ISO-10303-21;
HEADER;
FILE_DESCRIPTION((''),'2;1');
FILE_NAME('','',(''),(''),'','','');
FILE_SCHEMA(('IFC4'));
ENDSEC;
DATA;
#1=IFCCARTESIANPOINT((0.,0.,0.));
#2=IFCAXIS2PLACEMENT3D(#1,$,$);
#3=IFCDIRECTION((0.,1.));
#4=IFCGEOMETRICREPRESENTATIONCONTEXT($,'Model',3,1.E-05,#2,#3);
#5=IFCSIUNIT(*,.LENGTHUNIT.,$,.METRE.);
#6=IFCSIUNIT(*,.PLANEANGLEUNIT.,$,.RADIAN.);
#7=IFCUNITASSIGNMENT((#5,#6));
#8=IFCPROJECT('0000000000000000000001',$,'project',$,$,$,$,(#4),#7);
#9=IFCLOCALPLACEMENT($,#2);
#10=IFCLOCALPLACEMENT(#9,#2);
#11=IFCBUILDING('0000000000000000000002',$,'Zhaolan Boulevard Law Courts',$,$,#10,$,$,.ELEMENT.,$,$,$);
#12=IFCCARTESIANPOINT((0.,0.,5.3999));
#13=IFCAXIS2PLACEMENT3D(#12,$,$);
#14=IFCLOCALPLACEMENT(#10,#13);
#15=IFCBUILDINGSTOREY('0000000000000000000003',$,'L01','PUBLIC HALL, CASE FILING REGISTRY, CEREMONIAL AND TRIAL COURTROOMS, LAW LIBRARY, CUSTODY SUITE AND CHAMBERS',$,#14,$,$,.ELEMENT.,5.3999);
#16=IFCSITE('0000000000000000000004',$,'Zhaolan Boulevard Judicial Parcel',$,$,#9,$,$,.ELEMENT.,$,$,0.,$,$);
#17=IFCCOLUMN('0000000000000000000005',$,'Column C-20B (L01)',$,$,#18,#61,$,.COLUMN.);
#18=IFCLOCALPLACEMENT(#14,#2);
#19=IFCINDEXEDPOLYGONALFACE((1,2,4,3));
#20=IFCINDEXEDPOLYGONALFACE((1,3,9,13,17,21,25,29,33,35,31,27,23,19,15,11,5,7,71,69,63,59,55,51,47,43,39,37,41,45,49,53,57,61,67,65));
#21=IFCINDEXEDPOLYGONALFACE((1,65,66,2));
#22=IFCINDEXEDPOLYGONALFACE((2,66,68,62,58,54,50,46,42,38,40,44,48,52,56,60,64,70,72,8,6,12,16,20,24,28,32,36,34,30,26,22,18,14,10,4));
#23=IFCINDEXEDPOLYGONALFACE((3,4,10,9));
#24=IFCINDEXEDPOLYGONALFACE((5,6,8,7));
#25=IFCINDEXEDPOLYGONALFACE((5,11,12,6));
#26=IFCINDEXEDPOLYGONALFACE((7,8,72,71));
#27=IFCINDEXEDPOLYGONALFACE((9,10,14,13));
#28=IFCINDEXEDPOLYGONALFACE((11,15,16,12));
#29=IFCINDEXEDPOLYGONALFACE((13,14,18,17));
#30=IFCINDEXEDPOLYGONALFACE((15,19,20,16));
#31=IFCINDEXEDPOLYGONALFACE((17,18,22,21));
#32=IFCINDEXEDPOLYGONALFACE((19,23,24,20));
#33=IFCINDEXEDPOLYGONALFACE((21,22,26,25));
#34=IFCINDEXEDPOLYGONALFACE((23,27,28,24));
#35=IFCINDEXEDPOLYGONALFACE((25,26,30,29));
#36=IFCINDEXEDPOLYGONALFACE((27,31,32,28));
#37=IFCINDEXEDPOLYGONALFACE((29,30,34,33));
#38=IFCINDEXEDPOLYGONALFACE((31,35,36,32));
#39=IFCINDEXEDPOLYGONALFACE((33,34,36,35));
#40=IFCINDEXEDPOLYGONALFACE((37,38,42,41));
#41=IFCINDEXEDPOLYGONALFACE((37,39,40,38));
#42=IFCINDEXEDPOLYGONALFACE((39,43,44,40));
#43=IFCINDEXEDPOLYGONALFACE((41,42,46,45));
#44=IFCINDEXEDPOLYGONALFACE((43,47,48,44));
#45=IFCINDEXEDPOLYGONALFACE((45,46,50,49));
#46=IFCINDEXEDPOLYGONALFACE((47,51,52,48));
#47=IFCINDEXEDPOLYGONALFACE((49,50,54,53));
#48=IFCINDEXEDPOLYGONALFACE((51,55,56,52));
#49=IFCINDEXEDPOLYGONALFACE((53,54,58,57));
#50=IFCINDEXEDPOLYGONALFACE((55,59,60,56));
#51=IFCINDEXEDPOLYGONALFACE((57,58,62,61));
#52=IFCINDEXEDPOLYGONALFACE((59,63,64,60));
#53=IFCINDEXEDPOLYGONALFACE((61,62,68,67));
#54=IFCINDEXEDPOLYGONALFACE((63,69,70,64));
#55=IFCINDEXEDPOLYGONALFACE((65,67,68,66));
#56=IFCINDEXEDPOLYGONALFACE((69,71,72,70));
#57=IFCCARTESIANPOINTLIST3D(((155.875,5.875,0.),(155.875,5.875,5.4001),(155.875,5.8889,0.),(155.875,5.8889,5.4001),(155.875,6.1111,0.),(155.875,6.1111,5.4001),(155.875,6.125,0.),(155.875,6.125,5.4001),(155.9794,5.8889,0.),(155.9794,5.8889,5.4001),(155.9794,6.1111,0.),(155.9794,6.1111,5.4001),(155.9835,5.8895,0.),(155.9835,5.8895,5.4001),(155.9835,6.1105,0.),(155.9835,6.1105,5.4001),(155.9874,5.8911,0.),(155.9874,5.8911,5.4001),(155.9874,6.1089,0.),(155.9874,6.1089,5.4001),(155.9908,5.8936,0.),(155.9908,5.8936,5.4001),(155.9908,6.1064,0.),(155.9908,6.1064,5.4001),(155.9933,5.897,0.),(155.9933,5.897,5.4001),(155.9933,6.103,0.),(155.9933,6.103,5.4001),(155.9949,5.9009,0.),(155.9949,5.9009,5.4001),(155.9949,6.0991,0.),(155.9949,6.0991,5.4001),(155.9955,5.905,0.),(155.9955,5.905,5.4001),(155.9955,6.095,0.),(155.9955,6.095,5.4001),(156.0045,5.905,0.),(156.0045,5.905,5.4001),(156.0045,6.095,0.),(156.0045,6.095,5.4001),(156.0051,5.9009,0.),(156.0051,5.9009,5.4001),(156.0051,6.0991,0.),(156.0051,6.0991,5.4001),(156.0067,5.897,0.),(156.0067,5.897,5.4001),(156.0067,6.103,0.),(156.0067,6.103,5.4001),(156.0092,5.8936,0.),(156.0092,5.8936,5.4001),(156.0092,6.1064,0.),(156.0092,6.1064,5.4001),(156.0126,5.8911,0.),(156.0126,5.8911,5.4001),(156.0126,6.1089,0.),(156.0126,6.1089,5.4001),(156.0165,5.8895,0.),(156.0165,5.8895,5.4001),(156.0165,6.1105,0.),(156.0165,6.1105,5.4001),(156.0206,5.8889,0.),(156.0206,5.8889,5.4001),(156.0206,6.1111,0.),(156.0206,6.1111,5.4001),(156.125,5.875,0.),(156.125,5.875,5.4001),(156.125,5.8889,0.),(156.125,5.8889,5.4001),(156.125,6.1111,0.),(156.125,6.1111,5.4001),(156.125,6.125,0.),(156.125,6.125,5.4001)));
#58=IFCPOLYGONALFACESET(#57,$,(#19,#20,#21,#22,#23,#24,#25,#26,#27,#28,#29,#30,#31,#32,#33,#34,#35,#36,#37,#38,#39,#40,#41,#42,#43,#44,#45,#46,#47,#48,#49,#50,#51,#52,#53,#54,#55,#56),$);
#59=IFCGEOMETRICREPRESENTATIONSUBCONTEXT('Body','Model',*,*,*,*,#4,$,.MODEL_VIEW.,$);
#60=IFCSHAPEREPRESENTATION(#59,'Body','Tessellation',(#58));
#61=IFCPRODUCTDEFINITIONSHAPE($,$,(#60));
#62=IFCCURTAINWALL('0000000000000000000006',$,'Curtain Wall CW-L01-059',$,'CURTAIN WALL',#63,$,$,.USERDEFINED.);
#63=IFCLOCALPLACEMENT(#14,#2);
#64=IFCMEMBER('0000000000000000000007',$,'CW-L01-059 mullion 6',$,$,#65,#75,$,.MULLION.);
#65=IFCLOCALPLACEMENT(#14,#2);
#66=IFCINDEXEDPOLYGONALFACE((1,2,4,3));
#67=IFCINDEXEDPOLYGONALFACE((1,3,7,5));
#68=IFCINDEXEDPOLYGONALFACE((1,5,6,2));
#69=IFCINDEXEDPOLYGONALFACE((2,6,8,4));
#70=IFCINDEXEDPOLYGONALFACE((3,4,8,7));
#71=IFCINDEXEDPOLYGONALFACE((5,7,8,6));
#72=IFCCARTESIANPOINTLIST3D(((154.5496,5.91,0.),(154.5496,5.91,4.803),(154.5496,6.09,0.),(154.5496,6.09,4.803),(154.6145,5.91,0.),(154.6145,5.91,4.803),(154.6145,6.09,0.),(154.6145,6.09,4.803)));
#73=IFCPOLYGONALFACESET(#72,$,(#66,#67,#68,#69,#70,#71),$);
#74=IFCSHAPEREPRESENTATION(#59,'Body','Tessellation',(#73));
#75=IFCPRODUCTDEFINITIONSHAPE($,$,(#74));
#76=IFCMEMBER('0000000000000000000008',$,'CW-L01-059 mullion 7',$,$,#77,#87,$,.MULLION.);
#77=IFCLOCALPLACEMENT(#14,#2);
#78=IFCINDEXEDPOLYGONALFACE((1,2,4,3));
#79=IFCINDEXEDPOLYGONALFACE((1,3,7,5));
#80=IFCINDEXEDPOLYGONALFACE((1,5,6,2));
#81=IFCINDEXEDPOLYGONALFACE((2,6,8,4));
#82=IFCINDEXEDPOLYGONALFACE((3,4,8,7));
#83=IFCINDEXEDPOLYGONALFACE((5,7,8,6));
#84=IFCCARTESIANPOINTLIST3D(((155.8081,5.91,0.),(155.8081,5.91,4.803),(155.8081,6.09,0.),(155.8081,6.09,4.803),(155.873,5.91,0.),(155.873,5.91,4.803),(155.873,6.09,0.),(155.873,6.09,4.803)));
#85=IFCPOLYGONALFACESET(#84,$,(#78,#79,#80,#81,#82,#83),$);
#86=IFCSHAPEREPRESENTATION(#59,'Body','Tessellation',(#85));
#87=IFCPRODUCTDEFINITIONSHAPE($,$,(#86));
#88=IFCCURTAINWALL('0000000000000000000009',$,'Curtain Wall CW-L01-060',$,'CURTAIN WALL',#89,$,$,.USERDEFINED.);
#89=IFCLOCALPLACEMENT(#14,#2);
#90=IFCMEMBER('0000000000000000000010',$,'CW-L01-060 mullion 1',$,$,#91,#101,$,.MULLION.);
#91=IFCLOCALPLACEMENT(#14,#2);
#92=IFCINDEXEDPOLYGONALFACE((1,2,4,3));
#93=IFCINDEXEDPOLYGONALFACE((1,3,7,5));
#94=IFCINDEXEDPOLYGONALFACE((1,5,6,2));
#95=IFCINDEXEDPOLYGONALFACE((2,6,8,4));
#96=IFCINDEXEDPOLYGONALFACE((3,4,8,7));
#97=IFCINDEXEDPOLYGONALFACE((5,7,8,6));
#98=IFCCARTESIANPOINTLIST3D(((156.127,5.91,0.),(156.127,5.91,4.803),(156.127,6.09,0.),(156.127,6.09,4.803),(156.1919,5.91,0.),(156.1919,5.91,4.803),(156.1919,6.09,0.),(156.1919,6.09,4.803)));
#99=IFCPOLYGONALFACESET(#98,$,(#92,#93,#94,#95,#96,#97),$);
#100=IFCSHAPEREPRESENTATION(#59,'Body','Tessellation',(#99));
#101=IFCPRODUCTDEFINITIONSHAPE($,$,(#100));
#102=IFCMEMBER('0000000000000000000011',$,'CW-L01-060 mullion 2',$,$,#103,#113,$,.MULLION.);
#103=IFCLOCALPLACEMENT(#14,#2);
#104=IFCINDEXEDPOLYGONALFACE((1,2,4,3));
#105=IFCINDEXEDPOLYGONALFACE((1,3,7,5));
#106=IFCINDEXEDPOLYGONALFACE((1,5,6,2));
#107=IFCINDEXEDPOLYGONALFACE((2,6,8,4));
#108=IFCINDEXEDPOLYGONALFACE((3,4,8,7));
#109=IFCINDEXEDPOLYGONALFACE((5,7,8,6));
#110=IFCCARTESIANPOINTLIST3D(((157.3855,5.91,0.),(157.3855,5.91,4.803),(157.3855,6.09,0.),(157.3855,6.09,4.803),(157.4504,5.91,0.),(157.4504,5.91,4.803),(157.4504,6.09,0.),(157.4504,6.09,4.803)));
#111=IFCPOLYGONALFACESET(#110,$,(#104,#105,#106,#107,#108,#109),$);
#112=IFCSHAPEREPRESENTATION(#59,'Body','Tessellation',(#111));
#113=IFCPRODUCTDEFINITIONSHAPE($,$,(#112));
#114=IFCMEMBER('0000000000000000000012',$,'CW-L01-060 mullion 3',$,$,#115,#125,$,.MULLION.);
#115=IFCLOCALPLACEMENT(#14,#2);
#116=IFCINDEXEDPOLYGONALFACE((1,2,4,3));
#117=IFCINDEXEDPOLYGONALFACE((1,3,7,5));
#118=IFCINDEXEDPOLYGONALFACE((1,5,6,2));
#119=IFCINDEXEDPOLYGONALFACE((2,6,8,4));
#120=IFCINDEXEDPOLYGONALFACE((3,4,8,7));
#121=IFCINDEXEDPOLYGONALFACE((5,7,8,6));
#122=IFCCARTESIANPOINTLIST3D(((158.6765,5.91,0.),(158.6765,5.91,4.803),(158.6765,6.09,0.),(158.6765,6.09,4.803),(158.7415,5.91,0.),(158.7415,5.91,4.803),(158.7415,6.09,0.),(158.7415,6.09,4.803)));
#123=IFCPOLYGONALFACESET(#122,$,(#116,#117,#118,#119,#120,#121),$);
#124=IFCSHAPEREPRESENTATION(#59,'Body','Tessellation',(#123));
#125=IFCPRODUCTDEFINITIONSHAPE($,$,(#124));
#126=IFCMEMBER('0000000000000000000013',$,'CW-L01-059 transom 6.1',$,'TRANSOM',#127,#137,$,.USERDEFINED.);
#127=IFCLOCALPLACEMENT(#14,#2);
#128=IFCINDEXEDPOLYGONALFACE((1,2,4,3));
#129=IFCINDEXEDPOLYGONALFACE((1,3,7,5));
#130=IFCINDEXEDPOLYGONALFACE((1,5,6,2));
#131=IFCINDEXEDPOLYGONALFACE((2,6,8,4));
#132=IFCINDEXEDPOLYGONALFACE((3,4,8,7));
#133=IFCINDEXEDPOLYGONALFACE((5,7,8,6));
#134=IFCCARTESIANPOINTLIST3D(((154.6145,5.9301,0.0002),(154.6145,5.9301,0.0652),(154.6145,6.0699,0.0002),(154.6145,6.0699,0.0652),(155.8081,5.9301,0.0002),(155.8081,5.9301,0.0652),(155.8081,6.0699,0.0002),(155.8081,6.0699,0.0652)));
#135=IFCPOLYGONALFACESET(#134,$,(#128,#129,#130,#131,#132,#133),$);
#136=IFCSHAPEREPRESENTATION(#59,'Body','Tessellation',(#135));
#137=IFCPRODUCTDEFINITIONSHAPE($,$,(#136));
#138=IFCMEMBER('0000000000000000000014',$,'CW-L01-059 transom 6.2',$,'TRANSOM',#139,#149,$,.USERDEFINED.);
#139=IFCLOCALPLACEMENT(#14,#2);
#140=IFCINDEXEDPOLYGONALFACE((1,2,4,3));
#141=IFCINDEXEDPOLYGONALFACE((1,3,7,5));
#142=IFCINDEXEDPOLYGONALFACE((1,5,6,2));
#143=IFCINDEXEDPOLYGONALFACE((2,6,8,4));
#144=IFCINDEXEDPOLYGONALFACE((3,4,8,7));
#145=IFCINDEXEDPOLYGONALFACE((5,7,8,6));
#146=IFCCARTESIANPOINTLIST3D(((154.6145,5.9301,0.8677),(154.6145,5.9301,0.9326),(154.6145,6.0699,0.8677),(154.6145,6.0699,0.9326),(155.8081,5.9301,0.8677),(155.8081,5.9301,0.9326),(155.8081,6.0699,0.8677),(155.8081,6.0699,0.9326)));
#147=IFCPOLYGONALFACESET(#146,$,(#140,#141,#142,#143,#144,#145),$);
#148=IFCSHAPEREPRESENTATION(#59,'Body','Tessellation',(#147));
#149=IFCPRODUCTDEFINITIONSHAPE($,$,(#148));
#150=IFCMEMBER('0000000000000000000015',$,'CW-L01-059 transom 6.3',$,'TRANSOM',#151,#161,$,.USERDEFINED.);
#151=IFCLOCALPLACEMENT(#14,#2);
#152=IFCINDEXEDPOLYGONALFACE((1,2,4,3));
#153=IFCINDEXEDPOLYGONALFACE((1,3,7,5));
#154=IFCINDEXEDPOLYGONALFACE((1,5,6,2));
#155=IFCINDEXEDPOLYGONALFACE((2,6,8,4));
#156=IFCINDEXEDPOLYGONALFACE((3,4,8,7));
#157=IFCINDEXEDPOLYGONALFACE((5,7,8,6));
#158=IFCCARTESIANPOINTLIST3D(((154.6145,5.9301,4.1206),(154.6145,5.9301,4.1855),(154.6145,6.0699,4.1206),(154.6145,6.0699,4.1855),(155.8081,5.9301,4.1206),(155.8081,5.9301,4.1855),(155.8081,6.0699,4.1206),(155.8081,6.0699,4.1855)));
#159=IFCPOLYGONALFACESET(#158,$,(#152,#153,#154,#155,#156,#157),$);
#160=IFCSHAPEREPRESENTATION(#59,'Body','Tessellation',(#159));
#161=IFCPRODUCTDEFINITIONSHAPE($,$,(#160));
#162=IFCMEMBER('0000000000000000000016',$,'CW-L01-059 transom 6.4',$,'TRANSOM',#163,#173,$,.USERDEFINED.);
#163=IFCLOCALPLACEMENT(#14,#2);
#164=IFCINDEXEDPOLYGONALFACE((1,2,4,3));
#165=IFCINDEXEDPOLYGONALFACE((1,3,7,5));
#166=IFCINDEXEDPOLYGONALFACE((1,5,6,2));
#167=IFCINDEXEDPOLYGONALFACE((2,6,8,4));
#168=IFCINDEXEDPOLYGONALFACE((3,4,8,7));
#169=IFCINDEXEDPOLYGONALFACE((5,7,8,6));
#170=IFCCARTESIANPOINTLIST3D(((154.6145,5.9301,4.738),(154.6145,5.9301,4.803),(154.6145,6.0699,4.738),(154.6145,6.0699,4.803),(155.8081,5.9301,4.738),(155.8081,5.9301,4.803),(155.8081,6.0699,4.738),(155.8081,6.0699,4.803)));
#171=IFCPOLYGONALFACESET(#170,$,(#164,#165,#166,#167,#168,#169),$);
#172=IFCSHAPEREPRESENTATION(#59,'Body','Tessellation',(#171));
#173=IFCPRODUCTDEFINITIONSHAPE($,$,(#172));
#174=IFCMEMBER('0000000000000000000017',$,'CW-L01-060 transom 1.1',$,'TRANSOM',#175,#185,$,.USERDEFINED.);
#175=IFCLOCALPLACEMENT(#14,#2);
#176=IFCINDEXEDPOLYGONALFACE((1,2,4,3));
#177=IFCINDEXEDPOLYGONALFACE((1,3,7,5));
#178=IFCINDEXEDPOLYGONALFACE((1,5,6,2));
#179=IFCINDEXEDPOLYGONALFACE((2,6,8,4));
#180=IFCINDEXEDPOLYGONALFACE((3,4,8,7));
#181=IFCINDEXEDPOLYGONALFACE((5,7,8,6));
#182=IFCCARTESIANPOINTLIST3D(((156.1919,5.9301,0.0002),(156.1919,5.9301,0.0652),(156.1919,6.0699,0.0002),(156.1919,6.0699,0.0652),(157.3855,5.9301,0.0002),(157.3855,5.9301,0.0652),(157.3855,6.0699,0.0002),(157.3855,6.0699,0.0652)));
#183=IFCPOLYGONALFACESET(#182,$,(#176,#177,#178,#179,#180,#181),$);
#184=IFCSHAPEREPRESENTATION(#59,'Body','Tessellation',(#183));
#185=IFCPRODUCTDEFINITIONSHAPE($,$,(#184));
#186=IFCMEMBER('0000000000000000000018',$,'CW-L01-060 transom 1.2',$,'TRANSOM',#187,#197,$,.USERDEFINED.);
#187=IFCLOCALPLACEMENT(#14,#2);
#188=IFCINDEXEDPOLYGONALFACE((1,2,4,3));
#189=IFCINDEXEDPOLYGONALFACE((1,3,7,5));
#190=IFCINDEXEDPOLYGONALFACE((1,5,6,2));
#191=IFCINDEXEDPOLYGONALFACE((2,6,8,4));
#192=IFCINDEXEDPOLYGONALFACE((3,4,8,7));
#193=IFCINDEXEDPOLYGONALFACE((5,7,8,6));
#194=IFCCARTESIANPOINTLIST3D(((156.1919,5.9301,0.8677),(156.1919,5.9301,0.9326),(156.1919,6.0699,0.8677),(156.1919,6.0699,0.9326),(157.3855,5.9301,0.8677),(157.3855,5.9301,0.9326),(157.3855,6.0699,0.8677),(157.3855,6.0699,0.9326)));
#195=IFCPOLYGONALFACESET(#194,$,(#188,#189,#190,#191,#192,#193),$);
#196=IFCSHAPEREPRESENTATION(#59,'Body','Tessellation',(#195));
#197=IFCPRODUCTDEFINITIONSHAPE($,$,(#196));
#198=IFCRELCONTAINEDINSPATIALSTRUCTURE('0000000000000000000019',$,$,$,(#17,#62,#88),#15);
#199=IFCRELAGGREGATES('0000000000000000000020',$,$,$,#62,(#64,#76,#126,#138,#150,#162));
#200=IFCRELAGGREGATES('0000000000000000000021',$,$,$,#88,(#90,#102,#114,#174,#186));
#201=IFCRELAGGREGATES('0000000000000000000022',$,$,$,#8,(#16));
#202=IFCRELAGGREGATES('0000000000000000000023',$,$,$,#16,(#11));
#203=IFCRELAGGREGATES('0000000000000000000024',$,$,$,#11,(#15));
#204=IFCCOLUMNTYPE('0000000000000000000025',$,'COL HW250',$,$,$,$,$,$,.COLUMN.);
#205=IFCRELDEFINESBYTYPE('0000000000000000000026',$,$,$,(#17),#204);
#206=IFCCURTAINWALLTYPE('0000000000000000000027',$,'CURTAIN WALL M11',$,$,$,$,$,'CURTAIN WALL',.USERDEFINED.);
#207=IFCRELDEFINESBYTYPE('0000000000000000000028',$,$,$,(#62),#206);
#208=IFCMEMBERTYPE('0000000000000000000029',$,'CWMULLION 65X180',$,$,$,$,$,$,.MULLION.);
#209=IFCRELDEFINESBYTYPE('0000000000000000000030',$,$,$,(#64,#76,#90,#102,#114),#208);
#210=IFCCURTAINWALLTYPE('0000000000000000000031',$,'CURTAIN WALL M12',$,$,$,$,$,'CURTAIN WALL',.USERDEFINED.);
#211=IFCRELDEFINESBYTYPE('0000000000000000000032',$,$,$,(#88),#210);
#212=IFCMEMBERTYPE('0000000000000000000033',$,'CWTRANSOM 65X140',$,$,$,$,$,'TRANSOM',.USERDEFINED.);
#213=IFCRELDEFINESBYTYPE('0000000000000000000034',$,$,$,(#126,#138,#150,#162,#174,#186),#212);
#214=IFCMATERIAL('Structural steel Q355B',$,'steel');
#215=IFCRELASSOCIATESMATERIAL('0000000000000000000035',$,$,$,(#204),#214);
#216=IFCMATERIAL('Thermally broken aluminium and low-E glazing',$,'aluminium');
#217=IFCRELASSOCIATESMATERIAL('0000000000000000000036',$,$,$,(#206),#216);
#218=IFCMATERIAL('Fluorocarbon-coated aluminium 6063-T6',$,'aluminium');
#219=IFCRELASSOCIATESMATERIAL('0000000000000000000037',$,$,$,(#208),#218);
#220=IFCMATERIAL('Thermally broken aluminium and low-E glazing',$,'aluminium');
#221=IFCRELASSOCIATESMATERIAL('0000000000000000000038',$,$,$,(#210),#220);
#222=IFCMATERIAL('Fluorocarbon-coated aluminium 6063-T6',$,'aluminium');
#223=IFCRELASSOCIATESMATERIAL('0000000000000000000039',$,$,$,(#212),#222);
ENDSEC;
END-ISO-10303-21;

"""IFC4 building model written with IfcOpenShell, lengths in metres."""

from ifc_helpers import new_model, si_unit, direction, frame, origin, origin_2d, place, context, subcontext, project, spatial, rectangle, i_section, extrude, material, material_profile, profile_set, type_object, element, aggregate, save


model = new_model("IFC4")

# Units and contexts
model_context = context("Model", 3, precision=1e-05, world=origin(), true_north=direction((0.0, 1.0)))
body_context = subcontext(model_context, "Body", "Model", "MODEL_VIEW")
ifc_project = project(units=[si_unit("LENGTHUNIT", "METRE"), si_unit("PLANEANGLEUNIT", "RADIAN")], contexts=[model_context])

# Site, building, storey
site_placement = place(None, origin())
site = spatial("IfcSite", under=ifc_project, at=site_placement, Name="Zhaolan Boulevard Judicial Parcel", CompositionType="ELEMENT", RefElevation=0.0)
building_placement = place(site_placement, origin())
building = spatial("IfcBuilding", under=site, at=building_placement, Name="Zhaolan Boulevard Law Courts", CompositionType="ELEMENT")
storey_placement = place(building_placement, frame((0.0, 0.0, 5.3999)))
storey = spatial("IfcBuildingStorey", under=building, at=storey_placement, Name="L01", Description="PUBLIC HALL, CASE FILING REGISTRY, CEREMONIAL AND TRIAL COURTROOMS, LAW LIBRARY, CUSTODY SUITE AND CHAMBERS", CompositionType="ELEMENT", Elevation=5.3999)

# Column
ifc_material_1 = material(Name="Structural steel Q355B", Category="steel")
ifc_material_profile_1 = material_profile(ifc_material_1, i_section(OverallWidth=0.25, OverallDepth=0.25, WebThickness=0.009, FlangeThickness=0.0139, FilletRadius=0.0161, at=origin_2d()), Name="HW250x250")
ifc_profile_set_1 = profile_set([ifc_material_profile_1], Name="Structural steel Q355B")
column_type = type_object("IfcColumnType", Name="COL HW250", PredefinedType="COLUMN", material=ifc_profile_set_1)
column_placement = place(storey_placement, frame((156.0, 6.0, 0.0), z_axis=(0.0, 0.0, 1.0), x_axis=(1.0, 0.0, 0.0)))
element("IfcColumn", 1, at=column_placement, inside=storey, type_object=column_type, Name="Column C-20B (L01)", PredefinedType="COLUMN", context=body_context, shape_type="SweptSolid", body=[
    extrude(i_section(OverallWidth=0.25, OverallDepth=0.25, WebThickness=0.009, FlangeThickness=0.0139, FilletRadius=0.0161, at=origin_2d()), origin(), (0.0, 0.0, 1.0), 5.4001),
])

# Curtain walls, members
ifc_material_2 = material(Name="Thermally broken aluminium and low-E glazing", Category="aluminium")
curtain_wall_type_1 = type_object("IfcCurtainWallType", Name="CURTAIN WALL M11", ElementType="CURTAIN WALL", PredefinedType="USERDEFINED", material=ifc_material_2)
curtain_wall_1_placement = place(storey_placement, origin())
curtain_wall_1 = element("IfcCurtainWall", 2, at=curtain_wall_1_placement, inside=storey, type_object=curtain_wall_type_1, Name="Curtain Wall CW-L01-059", ObjectType="CURTAIN WALL", PredefinedType="USERDEFINED")
ifc_material_3 = material(Name="Fluorocarbon-coated aluminium 6063-T6", Category="aluminium")
ifc_material_profile_2 = material_profile(ifc_material_3, rectangle(XDim=0.1799, YDim=0.0649, at=origin_2d()), Name="AL65x180")
ifc_profile_set_2 = profile_set([ifc_material_profile_2], Name="Fluorocarbon-coated aluminium 6063-T6")
member_type_1 = type_object("IfcMemberType", Name="CWMULLION 65X180", PredefinedType="MULLION", material=ifc_profile_set_2)
member_1_placement = place(storey_placement, frame((154.582, 6.0, 0.0), z_axis=(0.0, 0.0, 1.0), x_axis=(0.0, 1.0, 0.0)))
member_1 = element("IfcMember", 3, at=member_1_placement, type_object=member_type_1, Name="CW-L01-059 mullion 6", PredefinedType="MULLION", context=body_context, shape_type="SweptSolid", body=[
    extrude(rectangle(XDim=0.1799, YDim=0.0649, at=origin_2d()), origin(), (0.0, 0.0, 1.0), 4.803),
])
member_2_placement = place(storey_placement, frame((155.8406, 6.0, 0.0), z_axis=(0.0, 0.0, 1.0), x_axis=(0.0, 1.0, 0.0)))
member_2 = element("IfcMember", 4, at=member_2_placement, type_object=member_type_1, Name="CW-L01-059 mullion 7", PredefinedType="MULLION", context=body_context, shape_type="SweptSolid", body=[
    extrude(rectangle(XDim=0.1799, YDim=0.0649, at=origin_2d()), origin(), (0.0, 0.0, 1.0), 4.803),
])
ifc_material_4 = material(Name="Thermally broken aluminium and low-E glazing", Category="aluminium")
curtain_wall_type_2 = type_object("IfcCurtainWallType", Name="CURTAIN WALL M12", ElementType="CURTAIN WALL", PredefinedType="USERDEFINED", material=ifc_material_4)
curtain_wall_2_placement = place(storey_placement, origin())
curtain_wall_2 = element("IfcCurtainWall", 5, at=curtain_wall_2_placement, inside=storey, type_object=curtain_wall_type_2, Name="Curtain Wall CW-L01-060", ObjectType="CURTAIN WALL", PredefinedType="USERDEFINED")
member_3_placement = place(storey_placement, frame((156.1594, 6.0, 0.0), z_axis=(0.0, 0.0, 1.0), x_axis=(0.0, 1.0, 0.0)))
member_3 = element("IfcMember", 6, at=member_3_placement, type_object=member_type_1, Name="CW-L01-060 mullion 1", PredefinedType="MULLION", context=body_context, shape_type="SweptSolid", body=[
    extrude(rectangle(XDim=0.1799, YDim=0.0649, at=origin_2d()), origin(), (0.0, 0.0, 1.0), 4.803),
])
member_4_placement = place(storey_placement, frame((157.418, 6.0, 0.0), z_axis=(0.0, 0.0, 1.0), x_axis=(0.0, 1.0, 0.0)))
member_4 = element("IfcMember", 7, at=member_4_placement, type_object=member_type_1, Name="CW-L01-060 mullion 2", PredefinedType="MULLION", context=body_context, shape_type="SweptSolid", body=[
    extrude(rectangle(XDim=0.1799, YDim=0.0649, at=origin_2d()), origin(), (0.0, 0.0, 1.0), 4.803),
])
member_5_placement = place(storey_placement, frame((158.709, 6.0, 0.0), z_axis=(0.0, 0.0, 1.0), x_axis=(0.0, 1.0, 0.0)))
member_5 = element("IfcMember", 8, at=member_5_placement, type_object=member_type_1, Name="CW-L01-060 mullion 3", PredefinedType="MULLION", context=body_context, shape_type="SweptSolid", body=[
    extrude(rectangle(XDim=0.1799, YDim=0.0649, at=origin_2d()), origin(), (0.0, 0.0, 1.0), 4.803),
])

# Members
ifc_material_5 = material(Name="Fluorocarbon-coated aluminium 6063-T6", Category="aluminium")
ifc_material_profile_3 = material_profile(ifc_material_5, rectangle(XDim=0.1399, YDim=0.0649, at=origin_2d()), Name="AL65x140")
ifc_profile_set_3 = profile_set([ifc_material_profile_3], Name="Fluorocarbon-coated aluminium 6063-T6")
member_type_2 = type_object("IfcMemberType", Name="CWTRANSOM 65X140", ElementType="TRANSOM", PredefinedType="USERDEFINED", material=ifc_profile_set_3)
member_6_placement = place(storey_placement, frame((154.6145, 6.0, 0.0327), z_axis=(1.0, 0.0, 0.0), x_axis=(0.0, 1.0, 0.0)))
member_6 = element("IfcMember", 9, at=member_6_placement, type_object=member_type_2, Name="CW-L01-059 transom 6.1", ObjectType="TRANSOM", PredefinedType="USERDEFINED", context=body_context, shape_type="SweptSolid", body=[
    extrude(rectangle(XDim=0.1399, YDim=0.0649, at=origin_2d()), origin(), (0.0, 0.0, 1.0), 1.1936),
])
member_7_placement = place(storey_placement, frame((154.6145, 6.0, 0.9001), z_axis=(1.0, 0.0, 0.0), x_axis=(0.0, 1.0, 0.0)))
member_7 = element("IfcMember", 10, at=member_7_placement, type_object=member_type_2, Name="CW-L01-059 transom 6.2", ObjectType="TRANSOM", PredefinedType="USERDEFINED", context=body_context, shape_type="SweptSolid", body=[
    extrude(rectangle(XDim=0.1399, YDim=0.0649, at=origin_2d()), origin(), (0.0, 0.0, 1.0), 1.1936),
])
member_8_placement = place(storey_placement, frame((154.6145, 6.0, 4.1531), z_axis=(1.0, 0.0, 0.0), x_axis=(0.0, 1.0, 0.0)))
member_8 = element("IfcMember", 11, at=member_8_placement, type_object=member_type_2, Name="CW-L01-059 transom 6.3", ObjectType="TRANSOM", PredefinedType="USERDEFINED", context=body_context, shape_type="SweptSolid", body=[
    extrude(rectangle(XDim=0.1399, YDim=0.0649, at=origin_2d()), origin(), (0.0, 0.0, 1.0), 1.1936),
])
member_9_placement = place(storey_placement, frame((154.6145, 6.0, 4.7705), z_axis=(1.0, 0.0, 0.0), x_axis=(0.0, 1.0, 0.0)))
member_9 = element("IfcMember", 12, at=member_9_placement, type_object=member_type_2, Name="CW-L01-059 transom 6.4", ObjectType="TRANSOM", PredefinedType="USERDEFINED", context=body_context, shape_type="SweptSolid", body=[
    extrude(rectangle(XDim=0.1399, YDim=0.0649, at=origin_2d()), origin(), (0.0, 0.0, 1.0), 1.1936),
])
member_10_placement = place(storey_placement, frame((156.1919, 6.0, 0.0327), z_axis=(1.0, 0.0, 0.0), x_axis=(0.0, 1.0, 0.0)))
member_10 = element("IfcMember", 13, at=member_10_placement, type_object=member_type_2, Name="CW-L01-060 transom 1.1", ObjectType="TRANSOM", PredefinedType="USERDEFINED", context=body_context, shape_type="SweptSolid", body=[
    extrude(rectangle(XDim=0.1399, YDim=0.0649, at=origin_2d()), origin(), (0.0, 0.0, 1.0), 1.1936),
])
member_11_placement = place(storey_placement, frame((156.1919, 6.0, 0.9001), z_axis=(1.0, 0.0, 0.0), x_axis=(0.0, 1.0, 0.0)))
member_11 = element("IfcMember", 14, at=member_11_placement, type_object=member_type_2, Name="CW-L01-060 transom 1.2", ObjectType="TRANSOM", PredefinedType="USERDEFINED", context=body_context, shape_type="SweptSolid", body=[
    extrude(rectangle(XDim=0.1399, YDim=0.0649, at=origin_2d()), origin(), (0.0, 0.0, 1.0), 1.1936),
])

aggregate(curtain_wall_1, [member_1, member_2, member_6, member_7, member_8, member_9])
aggregate(curtain_wall_2, [member_3, member_4, member_5, member_10, member_11])

save(model, "model.ifc")
